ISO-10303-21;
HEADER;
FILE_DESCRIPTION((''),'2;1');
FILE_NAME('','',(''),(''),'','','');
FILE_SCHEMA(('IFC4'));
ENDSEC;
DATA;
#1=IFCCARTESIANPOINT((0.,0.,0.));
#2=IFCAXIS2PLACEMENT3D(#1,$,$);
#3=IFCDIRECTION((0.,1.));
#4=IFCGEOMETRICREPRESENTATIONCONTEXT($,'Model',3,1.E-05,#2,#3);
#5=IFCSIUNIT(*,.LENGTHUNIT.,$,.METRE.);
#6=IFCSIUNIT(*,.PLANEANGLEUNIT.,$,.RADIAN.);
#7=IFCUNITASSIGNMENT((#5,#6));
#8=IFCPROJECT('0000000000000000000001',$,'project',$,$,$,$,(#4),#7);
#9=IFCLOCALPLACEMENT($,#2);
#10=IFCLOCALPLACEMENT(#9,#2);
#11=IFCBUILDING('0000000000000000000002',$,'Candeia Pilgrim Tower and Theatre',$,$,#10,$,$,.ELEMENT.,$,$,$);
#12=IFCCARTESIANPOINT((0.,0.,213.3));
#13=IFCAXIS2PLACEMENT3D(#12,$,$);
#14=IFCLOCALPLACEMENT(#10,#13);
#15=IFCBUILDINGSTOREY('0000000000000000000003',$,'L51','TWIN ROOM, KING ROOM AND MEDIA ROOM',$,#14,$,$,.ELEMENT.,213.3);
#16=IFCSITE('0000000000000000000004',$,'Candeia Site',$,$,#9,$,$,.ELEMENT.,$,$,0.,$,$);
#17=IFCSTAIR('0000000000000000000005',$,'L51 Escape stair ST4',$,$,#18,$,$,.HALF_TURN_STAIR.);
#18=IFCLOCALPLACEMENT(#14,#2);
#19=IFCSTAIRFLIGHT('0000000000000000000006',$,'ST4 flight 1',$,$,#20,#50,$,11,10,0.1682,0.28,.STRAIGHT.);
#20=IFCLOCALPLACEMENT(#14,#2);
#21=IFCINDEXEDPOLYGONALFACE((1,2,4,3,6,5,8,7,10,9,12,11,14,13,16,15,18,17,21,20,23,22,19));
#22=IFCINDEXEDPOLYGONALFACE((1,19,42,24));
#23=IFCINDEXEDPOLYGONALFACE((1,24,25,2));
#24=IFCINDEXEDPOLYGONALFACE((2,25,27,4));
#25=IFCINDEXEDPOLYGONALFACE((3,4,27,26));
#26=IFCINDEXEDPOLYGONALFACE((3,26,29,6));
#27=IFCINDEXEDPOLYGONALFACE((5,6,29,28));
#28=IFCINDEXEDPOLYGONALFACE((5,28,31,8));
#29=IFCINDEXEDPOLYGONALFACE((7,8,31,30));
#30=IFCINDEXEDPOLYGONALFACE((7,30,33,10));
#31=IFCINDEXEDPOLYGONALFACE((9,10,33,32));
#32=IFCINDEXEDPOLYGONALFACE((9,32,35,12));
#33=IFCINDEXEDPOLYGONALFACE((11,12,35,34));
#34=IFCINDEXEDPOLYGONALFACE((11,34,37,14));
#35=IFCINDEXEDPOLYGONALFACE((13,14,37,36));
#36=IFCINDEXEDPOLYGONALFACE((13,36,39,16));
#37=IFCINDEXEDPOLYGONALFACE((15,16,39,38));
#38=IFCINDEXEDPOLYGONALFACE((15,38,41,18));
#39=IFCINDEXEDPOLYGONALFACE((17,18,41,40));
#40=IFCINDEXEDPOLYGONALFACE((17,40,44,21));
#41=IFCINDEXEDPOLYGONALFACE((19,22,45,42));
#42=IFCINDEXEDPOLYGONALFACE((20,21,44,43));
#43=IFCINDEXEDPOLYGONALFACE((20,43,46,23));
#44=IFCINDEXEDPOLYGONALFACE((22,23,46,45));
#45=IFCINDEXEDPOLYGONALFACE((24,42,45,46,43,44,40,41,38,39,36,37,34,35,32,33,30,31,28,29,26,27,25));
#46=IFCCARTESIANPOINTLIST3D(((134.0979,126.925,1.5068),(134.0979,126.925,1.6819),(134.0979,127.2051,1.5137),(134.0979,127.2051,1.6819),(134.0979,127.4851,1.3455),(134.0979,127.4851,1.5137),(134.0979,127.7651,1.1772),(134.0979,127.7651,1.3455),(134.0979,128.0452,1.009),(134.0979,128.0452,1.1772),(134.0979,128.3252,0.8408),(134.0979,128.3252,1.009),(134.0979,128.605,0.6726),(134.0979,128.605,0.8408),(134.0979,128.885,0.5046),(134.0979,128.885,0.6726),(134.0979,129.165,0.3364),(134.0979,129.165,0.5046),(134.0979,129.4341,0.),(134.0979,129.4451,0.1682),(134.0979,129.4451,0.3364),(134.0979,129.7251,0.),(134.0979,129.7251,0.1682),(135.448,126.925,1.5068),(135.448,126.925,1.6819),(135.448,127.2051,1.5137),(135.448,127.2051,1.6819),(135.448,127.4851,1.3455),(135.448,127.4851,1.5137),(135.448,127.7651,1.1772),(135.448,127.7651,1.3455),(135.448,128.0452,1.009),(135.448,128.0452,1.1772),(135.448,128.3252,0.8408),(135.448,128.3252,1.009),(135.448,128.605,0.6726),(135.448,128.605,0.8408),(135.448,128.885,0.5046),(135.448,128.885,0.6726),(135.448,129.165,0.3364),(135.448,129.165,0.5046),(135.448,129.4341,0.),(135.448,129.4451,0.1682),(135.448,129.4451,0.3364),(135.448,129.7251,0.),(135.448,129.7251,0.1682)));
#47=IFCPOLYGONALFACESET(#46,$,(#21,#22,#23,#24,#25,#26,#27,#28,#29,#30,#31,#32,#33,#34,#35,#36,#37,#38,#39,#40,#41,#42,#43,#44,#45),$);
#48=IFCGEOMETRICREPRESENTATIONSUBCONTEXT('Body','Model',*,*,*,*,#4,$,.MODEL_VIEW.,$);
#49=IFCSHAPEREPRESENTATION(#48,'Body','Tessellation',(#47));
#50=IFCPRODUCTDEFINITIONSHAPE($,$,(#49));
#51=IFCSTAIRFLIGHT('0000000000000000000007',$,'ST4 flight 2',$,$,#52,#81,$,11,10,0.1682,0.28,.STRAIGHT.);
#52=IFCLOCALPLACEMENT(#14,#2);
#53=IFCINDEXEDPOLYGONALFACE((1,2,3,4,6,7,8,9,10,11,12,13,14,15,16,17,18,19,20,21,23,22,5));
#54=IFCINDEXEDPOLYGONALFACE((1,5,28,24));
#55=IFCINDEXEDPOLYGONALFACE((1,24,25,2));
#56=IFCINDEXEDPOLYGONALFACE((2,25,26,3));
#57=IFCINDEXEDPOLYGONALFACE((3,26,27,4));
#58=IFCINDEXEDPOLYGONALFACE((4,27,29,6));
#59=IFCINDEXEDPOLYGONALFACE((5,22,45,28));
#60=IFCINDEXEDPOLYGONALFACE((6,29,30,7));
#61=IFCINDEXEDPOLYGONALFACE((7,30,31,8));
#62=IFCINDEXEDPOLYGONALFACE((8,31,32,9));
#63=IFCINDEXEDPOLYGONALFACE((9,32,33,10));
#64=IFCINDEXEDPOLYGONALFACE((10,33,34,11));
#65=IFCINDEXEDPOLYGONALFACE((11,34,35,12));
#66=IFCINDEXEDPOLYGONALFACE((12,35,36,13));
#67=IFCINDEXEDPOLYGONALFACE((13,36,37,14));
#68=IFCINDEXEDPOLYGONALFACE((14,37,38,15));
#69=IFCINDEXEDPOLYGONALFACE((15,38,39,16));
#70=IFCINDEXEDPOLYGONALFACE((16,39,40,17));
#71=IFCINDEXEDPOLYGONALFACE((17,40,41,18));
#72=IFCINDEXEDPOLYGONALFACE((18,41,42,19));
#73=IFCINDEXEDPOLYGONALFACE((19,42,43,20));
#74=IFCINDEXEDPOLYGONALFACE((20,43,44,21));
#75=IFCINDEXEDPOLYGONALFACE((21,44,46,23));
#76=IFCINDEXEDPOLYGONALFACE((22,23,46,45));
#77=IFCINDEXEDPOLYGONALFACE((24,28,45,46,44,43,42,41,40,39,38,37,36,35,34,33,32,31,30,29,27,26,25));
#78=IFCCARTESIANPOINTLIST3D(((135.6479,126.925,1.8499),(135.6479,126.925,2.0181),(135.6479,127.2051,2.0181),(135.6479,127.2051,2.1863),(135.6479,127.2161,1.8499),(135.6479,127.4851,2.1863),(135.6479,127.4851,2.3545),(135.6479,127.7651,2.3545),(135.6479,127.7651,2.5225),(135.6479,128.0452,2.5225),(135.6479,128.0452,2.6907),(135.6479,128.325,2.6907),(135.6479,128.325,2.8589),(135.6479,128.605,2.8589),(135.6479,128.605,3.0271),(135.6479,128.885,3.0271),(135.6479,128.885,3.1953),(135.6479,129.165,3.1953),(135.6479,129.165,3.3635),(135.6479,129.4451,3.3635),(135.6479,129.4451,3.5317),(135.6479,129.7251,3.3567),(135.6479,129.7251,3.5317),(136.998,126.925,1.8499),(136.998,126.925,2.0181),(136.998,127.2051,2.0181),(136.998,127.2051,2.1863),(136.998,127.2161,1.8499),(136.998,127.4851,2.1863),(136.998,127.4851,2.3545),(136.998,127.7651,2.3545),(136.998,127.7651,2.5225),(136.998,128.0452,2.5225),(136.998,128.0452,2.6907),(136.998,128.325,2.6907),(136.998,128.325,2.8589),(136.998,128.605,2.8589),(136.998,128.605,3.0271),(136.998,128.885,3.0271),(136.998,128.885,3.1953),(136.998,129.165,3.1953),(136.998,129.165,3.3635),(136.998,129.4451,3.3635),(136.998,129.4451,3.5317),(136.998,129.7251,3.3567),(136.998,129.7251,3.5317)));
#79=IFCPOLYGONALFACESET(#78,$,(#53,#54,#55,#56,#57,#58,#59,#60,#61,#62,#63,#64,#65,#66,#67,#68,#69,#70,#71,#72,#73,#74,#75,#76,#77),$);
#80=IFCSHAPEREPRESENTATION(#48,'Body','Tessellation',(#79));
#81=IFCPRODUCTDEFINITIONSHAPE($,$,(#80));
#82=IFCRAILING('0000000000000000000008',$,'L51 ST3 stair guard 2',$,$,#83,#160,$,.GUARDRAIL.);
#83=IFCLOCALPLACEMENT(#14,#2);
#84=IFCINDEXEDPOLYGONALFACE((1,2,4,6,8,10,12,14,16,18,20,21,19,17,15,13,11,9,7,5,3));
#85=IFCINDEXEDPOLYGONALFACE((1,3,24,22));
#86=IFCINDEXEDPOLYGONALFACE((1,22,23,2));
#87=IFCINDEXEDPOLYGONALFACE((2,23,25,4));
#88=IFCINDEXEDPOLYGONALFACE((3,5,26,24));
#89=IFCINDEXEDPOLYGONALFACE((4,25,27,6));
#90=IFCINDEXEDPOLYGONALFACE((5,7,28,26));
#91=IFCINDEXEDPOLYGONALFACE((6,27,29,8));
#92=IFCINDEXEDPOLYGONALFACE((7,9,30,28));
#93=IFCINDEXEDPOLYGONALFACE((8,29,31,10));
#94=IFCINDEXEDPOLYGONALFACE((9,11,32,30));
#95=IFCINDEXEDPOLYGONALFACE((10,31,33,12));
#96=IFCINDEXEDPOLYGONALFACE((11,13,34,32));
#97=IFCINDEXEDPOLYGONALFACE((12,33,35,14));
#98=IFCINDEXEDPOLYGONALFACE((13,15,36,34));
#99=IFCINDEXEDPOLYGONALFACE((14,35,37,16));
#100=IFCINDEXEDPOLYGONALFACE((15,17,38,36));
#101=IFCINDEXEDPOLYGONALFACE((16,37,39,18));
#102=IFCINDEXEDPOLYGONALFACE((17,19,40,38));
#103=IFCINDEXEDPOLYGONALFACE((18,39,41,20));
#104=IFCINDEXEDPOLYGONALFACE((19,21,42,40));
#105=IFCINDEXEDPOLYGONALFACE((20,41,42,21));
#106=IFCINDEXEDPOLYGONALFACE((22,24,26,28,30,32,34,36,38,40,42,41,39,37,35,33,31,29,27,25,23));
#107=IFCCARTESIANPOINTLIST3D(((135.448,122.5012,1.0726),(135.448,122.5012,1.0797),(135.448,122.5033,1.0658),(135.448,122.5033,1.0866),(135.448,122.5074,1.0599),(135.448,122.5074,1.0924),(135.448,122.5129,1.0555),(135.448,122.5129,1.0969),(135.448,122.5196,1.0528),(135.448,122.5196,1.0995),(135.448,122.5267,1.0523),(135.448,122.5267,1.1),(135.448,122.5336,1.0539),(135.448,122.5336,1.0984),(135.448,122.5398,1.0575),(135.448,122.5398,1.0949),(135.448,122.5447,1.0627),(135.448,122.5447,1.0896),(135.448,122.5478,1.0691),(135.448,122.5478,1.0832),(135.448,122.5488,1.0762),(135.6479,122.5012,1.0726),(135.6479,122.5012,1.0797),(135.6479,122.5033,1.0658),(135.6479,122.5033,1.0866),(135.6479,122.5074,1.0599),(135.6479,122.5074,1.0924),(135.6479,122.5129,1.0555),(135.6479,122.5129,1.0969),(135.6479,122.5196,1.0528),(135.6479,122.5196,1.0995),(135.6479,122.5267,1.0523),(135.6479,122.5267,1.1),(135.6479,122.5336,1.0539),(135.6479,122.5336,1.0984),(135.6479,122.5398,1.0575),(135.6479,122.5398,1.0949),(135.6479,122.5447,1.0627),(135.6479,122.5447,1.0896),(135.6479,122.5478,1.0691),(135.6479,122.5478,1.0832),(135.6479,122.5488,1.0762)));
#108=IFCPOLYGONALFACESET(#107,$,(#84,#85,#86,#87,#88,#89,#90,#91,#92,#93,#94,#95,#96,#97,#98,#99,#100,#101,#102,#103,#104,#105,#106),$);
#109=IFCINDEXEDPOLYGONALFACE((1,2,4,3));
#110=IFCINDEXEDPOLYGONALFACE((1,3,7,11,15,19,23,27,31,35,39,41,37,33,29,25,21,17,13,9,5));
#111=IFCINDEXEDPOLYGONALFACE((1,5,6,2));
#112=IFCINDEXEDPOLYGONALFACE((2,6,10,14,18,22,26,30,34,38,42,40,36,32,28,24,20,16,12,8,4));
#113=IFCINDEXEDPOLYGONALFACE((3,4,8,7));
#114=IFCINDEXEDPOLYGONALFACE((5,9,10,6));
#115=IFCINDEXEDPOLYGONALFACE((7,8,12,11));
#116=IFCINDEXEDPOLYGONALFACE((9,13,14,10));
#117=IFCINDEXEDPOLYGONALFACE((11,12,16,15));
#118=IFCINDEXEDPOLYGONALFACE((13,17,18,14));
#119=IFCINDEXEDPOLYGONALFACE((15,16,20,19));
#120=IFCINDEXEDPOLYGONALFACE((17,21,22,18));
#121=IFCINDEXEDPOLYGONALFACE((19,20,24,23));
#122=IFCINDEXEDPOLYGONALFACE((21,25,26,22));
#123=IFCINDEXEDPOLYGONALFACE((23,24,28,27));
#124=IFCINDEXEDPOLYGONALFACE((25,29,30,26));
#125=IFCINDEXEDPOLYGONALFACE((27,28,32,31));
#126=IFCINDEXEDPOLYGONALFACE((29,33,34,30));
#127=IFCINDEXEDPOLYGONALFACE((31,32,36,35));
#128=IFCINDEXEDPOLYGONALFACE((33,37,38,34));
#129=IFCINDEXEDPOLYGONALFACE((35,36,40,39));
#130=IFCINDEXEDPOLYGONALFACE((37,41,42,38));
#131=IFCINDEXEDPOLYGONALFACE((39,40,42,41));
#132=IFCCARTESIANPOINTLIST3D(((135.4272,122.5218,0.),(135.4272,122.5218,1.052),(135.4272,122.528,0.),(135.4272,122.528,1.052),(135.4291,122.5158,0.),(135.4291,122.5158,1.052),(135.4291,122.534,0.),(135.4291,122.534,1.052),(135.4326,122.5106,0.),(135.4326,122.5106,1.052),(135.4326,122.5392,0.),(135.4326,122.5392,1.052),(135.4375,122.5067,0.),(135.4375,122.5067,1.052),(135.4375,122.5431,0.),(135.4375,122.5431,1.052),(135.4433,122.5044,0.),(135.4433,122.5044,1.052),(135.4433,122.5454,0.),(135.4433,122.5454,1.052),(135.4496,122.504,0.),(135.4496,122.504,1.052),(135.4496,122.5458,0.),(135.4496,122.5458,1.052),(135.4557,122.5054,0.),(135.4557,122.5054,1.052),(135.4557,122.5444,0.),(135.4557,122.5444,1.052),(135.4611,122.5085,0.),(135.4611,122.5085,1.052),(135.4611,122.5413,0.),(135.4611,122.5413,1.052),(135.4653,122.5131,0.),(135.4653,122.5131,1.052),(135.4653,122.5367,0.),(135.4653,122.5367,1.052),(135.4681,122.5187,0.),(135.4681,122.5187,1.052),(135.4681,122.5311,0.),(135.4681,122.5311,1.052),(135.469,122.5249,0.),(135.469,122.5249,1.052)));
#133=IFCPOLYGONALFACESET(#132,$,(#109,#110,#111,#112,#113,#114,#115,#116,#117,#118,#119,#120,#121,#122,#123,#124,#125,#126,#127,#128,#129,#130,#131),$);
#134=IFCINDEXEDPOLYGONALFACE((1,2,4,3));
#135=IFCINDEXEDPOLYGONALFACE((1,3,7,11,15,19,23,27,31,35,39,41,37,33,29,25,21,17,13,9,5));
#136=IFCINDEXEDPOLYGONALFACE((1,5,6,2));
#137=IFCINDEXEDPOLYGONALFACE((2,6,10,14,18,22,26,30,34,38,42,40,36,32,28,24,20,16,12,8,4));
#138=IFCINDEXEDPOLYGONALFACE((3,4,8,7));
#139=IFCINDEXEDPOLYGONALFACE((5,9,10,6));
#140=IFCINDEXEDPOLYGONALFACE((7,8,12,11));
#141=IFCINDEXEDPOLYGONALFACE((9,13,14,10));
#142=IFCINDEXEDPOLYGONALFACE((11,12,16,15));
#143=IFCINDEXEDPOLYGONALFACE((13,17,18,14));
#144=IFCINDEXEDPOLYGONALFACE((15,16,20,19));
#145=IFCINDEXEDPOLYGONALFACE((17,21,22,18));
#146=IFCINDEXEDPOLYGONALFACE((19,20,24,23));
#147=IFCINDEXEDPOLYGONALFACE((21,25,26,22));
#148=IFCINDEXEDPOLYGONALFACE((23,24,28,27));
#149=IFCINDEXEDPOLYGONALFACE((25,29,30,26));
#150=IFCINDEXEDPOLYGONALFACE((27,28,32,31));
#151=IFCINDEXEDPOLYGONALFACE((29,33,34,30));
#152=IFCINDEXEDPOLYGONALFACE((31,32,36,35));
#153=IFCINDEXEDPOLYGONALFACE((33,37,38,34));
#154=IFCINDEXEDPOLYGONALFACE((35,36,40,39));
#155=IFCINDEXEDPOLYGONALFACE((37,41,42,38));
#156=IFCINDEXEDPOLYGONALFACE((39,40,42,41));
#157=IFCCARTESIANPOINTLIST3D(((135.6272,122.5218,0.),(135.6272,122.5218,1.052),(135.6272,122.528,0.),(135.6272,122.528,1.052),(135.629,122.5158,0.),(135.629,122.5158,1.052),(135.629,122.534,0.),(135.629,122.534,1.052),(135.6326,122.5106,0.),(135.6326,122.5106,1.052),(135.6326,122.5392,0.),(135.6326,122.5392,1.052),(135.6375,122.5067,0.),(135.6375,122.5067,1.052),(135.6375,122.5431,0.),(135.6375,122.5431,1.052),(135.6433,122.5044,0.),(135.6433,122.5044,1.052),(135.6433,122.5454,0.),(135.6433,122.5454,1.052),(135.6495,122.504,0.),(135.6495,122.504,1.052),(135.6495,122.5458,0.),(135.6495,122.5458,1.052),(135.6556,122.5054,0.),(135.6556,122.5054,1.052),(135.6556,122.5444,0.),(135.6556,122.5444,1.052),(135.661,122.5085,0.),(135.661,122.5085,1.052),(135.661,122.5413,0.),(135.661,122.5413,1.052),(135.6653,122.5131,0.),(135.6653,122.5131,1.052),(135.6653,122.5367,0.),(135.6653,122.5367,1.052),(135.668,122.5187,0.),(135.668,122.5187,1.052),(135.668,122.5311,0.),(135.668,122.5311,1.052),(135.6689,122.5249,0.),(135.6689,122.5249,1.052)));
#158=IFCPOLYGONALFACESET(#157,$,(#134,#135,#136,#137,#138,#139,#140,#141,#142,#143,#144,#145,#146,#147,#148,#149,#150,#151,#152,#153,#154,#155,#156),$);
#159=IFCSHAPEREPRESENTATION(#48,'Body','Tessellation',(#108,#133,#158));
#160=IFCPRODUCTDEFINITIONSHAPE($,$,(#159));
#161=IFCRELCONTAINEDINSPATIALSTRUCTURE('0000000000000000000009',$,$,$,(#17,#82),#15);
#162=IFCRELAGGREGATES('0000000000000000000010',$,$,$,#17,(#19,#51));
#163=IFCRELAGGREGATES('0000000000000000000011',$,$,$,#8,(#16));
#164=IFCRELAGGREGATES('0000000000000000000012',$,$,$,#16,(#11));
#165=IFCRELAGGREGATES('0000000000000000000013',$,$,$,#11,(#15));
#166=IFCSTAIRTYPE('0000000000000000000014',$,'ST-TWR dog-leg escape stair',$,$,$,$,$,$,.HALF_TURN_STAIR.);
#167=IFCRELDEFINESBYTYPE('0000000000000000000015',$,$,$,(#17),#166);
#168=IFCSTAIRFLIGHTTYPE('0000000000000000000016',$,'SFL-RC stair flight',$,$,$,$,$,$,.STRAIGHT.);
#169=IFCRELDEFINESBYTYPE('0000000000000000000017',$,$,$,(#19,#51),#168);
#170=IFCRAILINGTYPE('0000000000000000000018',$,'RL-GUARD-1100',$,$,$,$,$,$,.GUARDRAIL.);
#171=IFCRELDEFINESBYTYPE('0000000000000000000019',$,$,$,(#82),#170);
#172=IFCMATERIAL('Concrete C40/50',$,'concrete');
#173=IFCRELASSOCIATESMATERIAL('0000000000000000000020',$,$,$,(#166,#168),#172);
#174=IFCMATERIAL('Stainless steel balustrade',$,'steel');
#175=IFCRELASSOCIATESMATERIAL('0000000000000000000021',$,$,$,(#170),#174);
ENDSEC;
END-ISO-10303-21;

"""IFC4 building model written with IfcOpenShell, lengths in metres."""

from ifc_helpers import new_model, si_unit, direction, frame, origin, origin_2d, place, context, subcontext, project, spatial, polyline, circle, outline, extrude, material, type_object, element, aggregate, save


model = new_model("IFC4")

# Units and contexts
model_context = context("Model", 3, precision=1e-05, world=origin(), true_north=direction((0.0, 1.0)))
body_context = subcontext(model_context, "Body", "Model", "MODEL_VIEW")
ifc_project = project(units=[si_unit("LENGTHUNIT", "METRE"), si_unit("PLANEANGLEUNIT", "RADIAN")], contexts=[model_context])

# Site, building, storey
site_placement = place(None, origin())
site = spatial("IfcSite", under=ifc_project, at=site_placement, Name="Candeia Site", CompositionType="ELEMENT", RefElevation=0.0)
building_placement = place(site_placement, origin())
building = spatial("IfcBuilding", under=site, at=building_placement, Name="Candeia Pilgrim Tower and Theatre", CompositionType="ELEMENT")
storey_placement = place(building_placement, frame((0.0, 0.0, 213.3)))
storey = spatial("IfcBuildingStorey", under=building, at=storey_placement, Name="L51", Description="TWIN ROOM, KING ROOM AND MEDIA ROOM", CompositionType="ELEMENT", Elevation=213.3)

# Shared definitions
ifc_material_1 = material(Name="Concrete C40/50", Category="concrete")

# Stair, stair flights
stair_type = type_object("IfcStairType", Name="ST-TWR dog-leg escape stair", PredefinedType="HALF_TURN_STAIR", material=ifc_material_1)
stair_flight_type = type_object("IfcStairFlightType", Name="SFL-RC stair flight", PredefinedType="STRAIGHT", material=ifc_material_1)
stair_1_placement = place(storey_placement, origin())
stair_1 = element("IfcStair", 1, at=stair_1_placement, inside=storey, type_object=stair_type, Name="L51 Escape stair ST4", PredefinedType="HALF_TURN_STAIR")
stair_flight_1_placement = place(storey_placement, frame((134.7729, 129.7251, 0.0), z_axis=(0.0, 0.0, 1.0), x_axis=(0.0, -1.0, 0.0)))
stair_flight_1 = element("IfcStairFlight", 2, at=stair_flight_1_placement, type_object=stair_flight_type, Name="ST4 flight 1", NumberOfRisers=11, NumberOfTreads=10, PredefinedType="STRAIGHT", RiserHeight=0.1682, TreadLength=0.28, context=body_context, shape_type="SweptSolid", body=[
    extrude(outline(polyline([(0.0, 0.0), (0.0, 0.1682), (0.28, 0.1682), (0.28, 0.3364), (0.5601, 0.3364), (0.5601, 0.5046), (0.8401, 0.5046), (0.8401, 0.6726), (1.1201, 0.6726), (1.1201, 0.8408), (1.3999, 0.8408), (1.3999, 1.009), (1.6799, 1.009), (1.6799, 1.1772), (1.96, 1.1772), (1.96, 1.3455), (2.24, 1.3455), (2.24, 1.5137), (2.52, 1.5137), (2.52, 1.6819), (2.8, 1.6819), (2.8, 1.8501), (2.8, 1.5068), (0.291, 0.0), (0.0, 0.0)])), frame((0.0, 0.675, 0.0), z_axis=(0.0, -1.0, 0.0), x_axis=(1.0, 0.0, 0.0)), (0.0, 0.0, 1.0), 1.3501),
])
stair_flight_2_placement = place(storey_placement, frame((136.323, 126.925, 1.8499), z_axis=(0.0, 0.0, 1.0), x_axis=(0.0, 1.0, 0.0)))
stair_flight_2 = element("IfcStairFlight", 3, at=stair_flight_2_placement, type_object=stair_flight_type, Name="ST4 flight 2", NumberOfRisers=11, NumberOfTreads=10, PredefinedType="STRAIGHT", RiserHeight=0.1682, TreadLength=0.28, context=body_context, shape_type="SweptSolid", body=[
    extrude(outline(polyline([(0.0, 0.0), (0.0, 0.1682), (0.28, 0.1682), (0.28, 0.3364), (0.5601, 0.3364), (0.5601, 0.5046), (0.8401, 0.5046), (0.8401, 0.6726), (1.1201, 0.6726), (1.1201, 0.8408), (1.3999, 0.8408), (1.3999, 1.009), (1.6799, 1.009), (1.6799, 1.1772), (1.96, 1.1772), (1.96, 1.3455), (2.24, 1.3455), (2.24, 1.5137), (2.52, 1.5137), (2.52, 1.6819), (2.8, 1.6819), (2.8, 1.8501), (2.8, 1.5068), (0.291, 0.0), (0.0, 0.0)])), frame((0.0, 0.675, 0.0), z_axis=(0.0, -1.0, 0.0), x_axis=(1.0, 0.0, 0.0)), (0.0, 0.0, 1.0), 1.3501),
])
aggregate(stair_1, [stair_flight_1, stair_flight_2])

# Railing
ifc_material_2 = material(Name="Stainless steel balustrade", Category="steel")
railing_type_1 = type_object("IfcRailingType", Name="RL-GUARD-1100", PredefinedType="GUARDRAIL", material=ifc_material_2)
railing_1_placement = place(storey_placement, frame((135.448, 122.5249, 0.0)))
element("IfcRailing", 4, at=railing_1_placement, inside=storey, type_object=railing_type_1, Name="L51 ST3 stair guard 2", PredefinedType="GUARDRAIL", context=body_context, shape_type="SweptSolid", body=[
    extrude(circle(Radius=0.0239, at=origin_2d()), frame((0.0, 0.0, 1.0762), z_axis=(1.0, 0.0, 0.0), x_axis=(0.0, 1.0, 0.0)), (0.0, 0.0, 1.0), 0.2),
    extrude(circle(Radius=0.021, at=origin_2d()), origin(), (0.0, 0.0, 1.0), 1.052),
    extrude(circle(Radius=0.021, at=origin_2d()), frame((0.2, 0.0, 0.0)), (0.0, 0.0, 1.0), 1.052),
])

save(model, "model.ifc")
